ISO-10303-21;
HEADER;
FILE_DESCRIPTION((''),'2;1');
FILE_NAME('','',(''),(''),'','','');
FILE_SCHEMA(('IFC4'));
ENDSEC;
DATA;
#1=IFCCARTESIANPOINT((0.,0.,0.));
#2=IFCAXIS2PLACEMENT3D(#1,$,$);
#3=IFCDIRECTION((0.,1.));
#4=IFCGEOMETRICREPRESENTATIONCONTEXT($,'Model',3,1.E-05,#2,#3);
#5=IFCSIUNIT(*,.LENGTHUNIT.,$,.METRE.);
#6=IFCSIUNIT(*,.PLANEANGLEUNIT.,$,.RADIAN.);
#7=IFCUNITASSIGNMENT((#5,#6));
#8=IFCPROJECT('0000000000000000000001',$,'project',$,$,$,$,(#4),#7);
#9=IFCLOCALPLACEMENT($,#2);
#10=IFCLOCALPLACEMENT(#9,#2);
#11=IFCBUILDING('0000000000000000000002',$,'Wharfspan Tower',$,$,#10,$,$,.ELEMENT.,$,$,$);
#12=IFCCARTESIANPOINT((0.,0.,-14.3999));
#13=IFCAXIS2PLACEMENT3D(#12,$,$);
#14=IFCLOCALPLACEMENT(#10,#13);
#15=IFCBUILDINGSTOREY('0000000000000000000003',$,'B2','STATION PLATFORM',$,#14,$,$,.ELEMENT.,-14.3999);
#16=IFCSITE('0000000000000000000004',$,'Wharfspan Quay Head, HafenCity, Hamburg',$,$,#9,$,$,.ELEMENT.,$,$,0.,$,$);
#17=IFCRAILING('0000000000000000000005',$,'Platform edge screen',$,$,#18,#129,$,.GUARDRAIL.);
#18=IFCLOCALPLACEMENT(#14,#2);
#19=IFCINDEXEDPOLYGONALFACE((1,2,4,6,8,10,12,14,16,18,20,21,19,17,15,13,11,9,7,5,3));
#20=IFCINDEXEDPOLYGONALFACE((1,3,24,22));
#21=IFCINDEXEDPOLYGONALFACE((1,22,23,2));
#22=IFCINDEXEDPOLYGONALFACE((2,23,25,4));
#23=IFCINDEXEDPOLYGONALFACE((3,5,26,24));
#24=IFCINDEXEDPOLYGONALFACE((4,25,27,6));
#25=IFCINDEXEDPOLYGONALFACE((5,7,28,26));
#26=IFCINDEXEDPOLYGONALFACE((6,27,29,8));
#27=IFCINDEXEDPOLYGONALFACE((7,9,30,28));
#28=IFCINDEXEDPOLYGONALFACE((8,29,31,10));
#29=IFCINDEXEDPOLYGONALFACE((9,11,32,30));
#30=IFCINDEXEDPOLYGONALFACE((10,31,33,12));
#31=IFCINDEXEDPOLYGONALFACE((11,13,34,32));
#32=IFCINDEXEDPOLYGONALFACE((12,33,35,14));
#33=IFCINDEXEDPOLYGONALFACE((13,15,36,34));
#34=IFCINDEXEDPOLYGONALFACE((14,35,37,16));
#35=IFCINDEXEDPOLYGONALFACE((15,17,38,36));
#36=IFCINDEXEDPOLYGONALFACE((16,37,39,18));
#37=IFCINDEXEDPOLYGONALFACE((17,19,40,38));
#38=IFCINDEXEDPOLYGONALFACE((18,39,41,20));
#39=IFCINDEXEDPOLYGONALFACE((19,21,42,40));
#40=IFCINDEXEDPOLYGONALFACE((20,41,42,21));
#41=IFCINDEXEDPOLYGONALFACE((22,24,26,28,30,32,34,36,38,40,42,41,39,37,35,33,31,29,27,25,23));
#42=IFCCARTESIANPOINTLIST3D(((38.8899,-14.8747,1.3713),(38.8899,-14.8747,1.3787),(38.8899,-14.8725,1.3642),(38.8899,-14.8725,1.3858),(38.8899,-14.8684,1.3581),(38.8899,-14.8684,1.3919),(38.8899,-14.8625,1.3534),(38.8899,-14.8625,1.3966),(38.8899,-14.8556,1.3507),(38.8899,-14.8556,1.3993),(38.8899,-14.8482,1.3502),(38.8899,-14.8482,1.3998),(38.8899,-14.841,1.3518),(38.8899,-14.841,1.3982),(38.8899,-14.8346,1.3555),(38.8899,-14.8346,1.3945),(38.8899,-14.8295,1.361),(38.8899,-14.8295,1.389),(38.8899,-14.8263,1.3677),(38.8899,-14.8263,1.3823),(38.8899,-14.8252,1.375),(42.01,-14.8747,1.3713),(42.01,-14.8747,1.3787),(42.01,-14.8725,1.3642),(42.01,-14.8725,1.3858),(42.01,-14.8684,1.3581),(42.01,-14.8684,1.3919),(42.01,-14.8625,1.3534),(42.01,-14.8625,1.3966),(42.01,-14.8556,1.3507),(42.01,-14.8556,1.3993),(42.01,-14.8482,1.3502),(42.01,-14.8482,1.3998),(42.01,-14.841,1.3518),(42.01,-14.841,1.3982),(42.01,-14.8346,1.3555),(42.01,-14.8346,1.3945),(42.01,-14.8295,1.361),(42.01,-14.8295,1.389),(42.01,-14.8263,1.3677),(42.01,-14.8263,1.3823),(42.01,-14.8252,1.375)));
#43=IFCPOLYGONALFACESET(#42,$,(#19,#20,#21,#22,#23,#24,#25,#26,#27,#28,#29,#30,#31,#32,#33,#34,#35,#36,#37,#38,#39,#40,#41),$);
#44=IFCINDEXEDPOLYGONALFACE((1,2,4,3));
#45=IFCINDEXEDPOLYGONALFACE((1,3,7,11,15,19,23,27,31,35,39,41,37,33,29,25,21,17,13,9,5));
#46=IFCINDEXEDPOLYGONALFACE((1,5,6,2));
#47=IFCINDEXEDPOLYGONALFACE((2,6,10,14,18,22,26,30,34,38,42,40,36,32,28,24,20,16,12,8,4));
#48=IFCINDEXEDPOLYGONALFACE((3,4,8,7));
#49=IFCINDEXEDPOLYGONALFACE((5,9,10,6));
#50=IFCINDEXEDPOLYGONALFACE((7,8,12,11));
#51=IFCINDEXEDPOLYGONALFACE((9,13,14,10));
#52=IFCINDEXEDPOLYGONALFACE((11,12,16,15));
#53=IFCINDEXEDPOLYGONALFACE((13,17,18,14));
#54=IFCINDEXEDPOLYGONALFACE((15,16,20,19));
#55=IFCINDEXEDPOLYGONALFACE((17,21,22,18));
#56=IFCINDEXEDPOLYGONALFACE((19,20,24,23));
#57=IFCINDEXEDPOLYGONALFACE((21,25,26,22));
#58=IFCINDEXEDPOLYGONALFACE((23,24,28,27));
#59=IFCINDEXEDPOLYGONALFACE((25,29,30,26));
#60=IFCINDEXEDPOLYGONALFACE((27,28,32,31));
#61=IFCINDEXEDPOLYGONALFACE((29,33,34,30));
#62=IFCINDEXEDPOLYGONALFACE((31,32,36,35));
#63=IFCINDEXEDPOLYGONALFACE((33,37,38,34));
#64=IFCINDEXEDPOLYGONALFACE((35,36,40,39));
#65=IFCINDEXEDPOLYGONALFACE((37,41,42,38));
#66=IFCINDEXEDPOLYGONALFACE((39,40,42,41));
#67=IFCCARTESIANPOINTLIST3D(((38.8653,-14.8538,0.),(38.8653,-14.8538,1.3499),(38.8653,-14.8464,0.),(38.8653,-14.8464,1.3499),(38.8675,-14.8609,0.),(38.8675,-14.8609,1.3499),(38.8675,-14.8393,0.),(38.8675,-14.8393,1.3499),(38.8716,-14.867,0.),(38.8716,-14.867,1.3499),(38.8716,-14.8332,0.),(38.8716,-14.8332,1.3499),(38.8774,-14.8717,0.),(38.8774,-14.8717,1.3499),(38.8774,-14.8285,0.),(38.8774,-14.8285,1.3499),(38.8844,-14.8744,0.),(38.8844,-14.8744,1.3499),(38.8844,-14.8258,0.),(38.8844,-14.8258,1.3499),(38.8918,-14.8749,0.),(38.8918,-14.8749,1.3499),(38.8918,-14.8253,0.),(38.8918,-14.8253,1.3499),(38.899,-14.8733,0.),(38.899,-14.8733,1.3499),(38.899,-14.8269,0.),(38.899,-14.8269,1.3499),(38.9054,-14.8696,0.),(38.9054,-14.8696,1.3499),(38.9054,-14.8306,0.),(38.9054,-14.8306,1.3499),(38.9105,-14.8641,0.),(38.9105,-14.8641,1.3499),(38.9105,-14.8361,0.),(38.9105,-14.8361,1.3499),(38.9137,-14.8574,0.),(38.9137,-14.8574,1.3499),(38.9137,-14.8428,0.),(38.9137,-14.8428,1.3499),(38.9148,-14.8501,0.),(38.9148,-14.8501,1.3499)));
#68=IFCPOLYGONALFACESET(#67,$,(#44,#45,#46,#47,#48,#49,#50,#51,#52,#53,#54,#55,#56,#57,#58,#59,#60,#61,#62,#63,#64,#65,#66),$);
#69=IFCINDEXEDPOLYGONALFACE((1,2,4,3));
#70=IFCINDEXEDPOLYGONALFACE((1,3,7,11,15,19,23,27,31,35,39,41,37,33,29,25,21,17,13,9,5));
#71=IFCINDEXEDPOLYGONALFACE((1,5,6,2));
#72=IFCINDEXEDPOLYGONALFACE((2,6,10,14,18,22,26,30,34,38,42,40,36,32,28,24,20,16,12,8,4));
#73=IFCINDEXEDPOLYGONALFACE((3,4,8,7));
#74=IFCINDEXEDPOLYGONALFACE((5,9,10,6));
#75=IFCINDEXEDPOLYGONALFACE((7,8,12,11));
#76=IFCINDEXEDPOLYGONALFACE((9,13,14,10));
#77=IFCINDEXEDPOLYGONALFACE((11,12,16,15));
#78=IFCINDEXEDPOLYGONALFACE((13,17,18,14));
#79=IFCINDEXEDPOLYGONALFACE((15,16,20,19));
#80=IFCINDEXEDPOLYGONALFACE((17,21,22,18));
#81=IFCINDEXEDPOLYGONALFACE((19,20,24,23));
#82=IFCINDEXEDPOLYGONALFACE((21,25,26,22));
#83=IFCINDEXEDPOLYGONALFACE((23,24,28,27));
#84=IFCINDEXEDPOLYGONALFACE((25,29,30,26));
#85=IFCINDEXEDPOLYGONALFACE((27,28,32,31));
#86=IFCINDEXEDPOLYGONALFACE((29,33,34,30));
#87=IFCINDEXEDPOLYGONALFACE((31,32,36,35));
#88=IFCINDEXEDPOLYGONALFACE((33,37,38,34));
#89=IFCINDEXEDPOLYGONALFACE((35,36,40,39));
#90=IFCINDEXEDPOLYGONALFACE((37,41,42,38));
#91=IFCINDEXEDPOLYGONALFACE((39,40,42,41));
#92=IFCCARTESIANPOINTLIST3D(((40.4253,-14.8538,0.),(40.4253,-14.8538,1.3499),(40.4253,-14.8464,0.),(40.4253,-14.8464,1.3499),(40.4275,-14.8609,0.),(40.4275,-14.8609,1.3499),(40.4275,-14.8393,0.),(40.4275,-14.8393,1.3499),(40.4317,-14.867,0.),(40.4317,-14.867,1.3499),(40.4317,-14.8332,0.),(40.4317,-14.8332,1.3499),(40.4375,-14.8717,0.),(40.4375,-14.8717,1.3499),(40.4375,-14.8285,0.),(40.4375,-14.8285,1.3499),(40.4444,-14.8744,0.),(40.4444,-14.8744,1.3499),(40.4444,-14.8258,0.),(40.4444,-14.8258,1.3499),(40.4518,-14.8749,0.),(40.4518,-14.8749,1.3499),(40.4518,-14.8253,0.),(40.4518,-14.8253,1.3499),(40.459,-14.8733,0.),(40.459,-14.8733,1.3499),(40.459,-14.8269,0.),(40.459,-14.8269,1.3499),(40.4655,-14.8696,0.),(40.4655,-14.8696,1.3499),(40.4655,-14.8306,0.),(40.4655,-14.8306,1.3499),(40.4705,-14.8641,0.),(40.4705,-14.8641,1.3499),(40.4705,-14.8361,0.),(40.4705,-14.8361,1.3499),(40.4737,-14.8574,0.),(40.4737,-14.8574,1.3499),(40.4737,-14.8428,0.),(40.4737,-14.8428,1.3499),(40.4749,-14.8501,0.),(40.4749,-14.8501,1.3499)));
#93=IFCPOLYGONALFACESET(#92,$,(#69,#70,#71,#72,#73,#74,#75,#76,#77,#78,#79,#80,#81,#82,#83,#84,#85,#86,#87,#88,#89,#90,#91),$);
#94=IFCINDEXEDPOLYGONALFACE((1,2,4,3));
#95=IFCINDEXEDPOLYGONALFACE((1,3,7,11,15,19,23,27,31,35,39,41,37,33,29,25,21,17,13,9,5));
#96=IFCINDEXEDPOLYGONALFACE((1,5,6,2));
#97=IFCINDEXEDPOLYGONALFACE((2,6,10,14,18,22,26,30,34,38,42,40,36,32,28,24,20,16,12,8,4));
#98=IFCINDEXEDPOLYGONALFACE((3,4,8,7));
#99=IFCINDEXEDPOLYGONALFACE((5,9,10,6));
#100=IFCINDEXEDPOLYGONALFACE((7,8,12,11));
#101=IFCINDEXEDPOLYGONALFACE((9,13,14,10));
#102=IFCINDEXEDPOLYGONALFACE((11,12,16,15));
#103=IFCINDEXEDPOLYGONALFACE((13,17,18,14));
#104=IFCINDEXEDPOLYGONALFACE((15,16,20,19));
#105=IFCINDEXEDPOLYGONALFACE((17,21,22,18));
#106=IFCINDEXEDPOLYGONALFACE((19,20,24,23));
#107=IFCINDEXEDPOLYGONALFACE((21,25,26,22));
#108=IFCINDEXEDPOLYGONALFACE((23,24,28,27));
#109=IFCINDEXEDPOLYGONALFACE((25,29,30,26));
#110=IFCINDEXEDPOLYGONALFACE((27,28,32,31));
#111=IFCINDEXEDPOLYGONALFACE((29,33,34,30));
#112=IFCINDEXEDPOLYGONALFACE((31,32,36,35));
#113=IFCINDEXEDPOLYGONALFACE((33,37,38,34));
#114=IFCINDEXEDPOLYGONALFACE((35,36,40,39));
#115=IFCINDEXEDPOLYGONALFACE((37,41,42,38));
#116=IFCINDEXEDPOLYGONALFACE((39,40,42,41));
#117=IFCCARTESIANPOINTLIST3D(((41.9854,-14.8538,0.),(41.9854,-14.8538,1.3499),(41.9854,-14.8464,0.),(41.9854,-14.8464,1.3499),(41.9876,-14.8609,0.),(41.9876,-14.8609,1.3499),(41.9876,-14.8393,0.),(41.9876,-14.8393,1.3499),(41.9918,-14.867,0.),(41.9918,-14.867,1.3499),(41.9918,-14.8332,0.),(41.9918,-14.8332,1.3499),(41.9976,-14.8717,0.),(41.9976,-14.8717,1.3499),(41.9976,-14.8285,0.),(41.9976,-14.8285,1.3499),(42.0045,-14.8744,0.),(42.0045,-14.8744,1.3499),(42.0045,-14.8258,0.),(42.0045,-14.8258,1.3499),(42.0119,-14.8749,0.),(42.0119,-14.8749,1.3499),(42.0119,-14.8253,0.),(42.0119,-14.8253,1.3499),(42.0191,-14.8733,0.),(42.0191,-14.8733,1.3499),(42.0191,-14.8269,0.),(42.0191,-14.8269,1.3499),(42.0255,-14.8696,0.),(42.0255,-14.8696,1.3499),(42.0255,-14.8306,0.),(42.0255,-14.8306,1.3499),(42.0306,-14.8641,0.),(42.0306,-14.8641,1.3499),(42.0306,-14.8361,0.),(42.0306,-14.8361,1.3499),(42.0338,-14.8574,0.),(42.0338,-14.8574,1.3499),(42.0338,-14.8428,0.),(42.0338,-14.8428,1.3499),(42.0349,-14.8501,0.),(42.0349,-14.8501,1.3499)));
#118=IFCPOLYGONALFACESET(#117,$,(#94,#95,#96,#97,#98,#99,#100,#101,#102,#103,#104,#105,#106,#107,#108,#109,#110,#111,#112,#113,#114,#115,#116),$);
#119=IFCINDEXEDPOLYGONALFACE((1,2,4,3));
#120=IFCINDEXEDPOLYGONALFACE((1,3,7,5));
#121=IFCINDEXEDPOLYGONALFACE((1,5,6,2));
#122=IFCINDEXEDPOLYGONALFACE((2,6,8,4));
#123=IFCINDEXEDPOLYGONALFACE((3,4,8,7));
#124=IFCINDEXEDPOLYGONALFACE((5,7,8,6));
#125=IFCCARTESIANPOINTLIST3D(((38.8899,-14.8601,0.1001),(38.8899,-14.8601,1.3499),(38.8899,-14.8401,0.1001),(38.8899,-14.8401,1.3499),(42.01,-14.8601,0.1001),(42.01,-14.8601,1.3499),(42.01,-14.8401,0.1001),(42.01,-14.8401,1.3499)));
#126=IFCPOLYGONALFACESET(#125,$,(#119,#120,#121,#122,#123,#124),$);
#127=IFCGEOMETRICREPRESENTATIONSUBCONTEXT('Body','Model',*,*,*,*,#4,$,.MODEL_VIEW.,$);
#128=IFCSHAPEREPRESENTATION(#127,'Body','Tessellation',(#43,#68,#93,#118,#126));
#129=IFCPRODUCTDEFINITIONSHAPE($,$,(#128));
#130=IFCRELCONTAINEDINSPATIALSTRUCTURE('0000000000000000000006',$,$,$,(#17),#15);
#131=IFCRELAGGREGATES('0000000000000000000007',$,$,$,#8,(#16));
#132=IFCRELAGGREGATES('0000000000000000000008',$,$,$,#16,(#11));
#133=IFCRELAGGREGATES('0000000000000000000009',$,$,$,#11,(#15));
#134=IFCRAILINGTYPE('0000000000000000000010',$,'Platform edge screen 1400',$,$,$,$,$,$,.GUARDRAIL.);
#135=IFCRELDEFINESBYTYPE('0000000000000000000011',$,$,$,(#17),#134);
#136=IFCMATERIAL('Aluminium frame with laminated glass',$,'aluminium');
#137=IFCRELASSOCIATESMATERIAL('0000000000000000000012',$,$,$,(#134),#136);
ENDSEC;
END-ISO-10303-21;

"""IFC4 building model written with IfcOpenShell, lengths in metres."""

from ifc_helpers import new_model, si_unit, direction, frame, origin, origin_2d, place, context, subcontext, project, spatial, rectangle, circle, extrude, material, type_object, element, save


model = new_model("IFC4")

# Units and contexts
model_context = context("Model", 3, precision=1e-05, world=origin(), true_north=direction((0.0, 1.0)))
body_context = subcontext(model_context, "Body", "Model", "MODEL_VIEW")
ifc_project = project(units=[si_unit("LENGTHUNIT", "METRE"), si_unit("PLANEANGLEUNIT", "RADIAN")], contexts=[model_context])

# Site, building, storey
site_placement = place(None, origin())
site = spatial("IfcSite", under=ifc_project, at=site_placement, Name="Wharfspan Quay Head, HafenCity, Hamburg", CompositionType="ELEMENT", RefElevation=0.0)
building_placement = place(site_placement, origin())
building = spatial("IfcBuilding", under=site, at=building_placement, Name="Wharfspan Tower", CompositionType="ELEMENT")
storey_placement = place(building_placement, frame((0.0, 0.0, -14.3999)))
storey = spatial("IfcBuildingStorey", under=building, at=storey_placement, Name="B2", Description="STATION PLATFORM", CompositionType="ELEMENT", Elevation=-14.3999)

# Railing
ifc_material_1 = material(Name="Aluminium frame with laminated glass", Category="aluminium")
railing_type_1 = type_object("IfcRailingType", Name="Platform edge screen 1400", PredefinedType="GUARDRAIL", material=ifc_material_1)
for number, where, name in (
    (1, (38.8899, -14.8501, 0.0), "Platform edge screen"),
):
    element("IfcRailing", number, at=place(storey_placement, frame(where)), inside=storey, type_object=railing_type_1, Name=name, PredefinedType="GUARDRAIL", context=body_context, shape_type="SweptSolid", body=[
        extrude(circle(Radius=0.0249, at=origin_2d()), frame((0.0, 0.0, 1.375), z_axis=(1.0, 0.0, 0.0), x_axis=(0.0, 1.0, 0.0)), (0.0, 0.0, 1.0), 3.1201),
        extrude(circle(Radius=0.0249, at=origin_2d()), origin(), (0.0, 0.0, 1.0), 1.3499),
        extrude(circle(Radius=0.0249, at=origin_2d()), frame((1.5601, 0.0, 0.0)), (0.0, 0.0, 1.0), 1.3499),
        extrude(circle(Radius=0.0249, at=origin_2d()), frame((3.1201, 0.0, 0.0)), (0.0, 0.0, 1.0), 1.3499),
        extrude(rectangle(XDim=3.1201, YDim=0.02, at=origin_2d()), frame((1.5601, 0.0, 0.1001), z_axis=(0.0, 0.0, 1.0), x_axis=(1.0, 0.0, 0.0)), (0.0, 0.0, 1.0), 1.2498),
    ])

save(model, "model.ifc")
